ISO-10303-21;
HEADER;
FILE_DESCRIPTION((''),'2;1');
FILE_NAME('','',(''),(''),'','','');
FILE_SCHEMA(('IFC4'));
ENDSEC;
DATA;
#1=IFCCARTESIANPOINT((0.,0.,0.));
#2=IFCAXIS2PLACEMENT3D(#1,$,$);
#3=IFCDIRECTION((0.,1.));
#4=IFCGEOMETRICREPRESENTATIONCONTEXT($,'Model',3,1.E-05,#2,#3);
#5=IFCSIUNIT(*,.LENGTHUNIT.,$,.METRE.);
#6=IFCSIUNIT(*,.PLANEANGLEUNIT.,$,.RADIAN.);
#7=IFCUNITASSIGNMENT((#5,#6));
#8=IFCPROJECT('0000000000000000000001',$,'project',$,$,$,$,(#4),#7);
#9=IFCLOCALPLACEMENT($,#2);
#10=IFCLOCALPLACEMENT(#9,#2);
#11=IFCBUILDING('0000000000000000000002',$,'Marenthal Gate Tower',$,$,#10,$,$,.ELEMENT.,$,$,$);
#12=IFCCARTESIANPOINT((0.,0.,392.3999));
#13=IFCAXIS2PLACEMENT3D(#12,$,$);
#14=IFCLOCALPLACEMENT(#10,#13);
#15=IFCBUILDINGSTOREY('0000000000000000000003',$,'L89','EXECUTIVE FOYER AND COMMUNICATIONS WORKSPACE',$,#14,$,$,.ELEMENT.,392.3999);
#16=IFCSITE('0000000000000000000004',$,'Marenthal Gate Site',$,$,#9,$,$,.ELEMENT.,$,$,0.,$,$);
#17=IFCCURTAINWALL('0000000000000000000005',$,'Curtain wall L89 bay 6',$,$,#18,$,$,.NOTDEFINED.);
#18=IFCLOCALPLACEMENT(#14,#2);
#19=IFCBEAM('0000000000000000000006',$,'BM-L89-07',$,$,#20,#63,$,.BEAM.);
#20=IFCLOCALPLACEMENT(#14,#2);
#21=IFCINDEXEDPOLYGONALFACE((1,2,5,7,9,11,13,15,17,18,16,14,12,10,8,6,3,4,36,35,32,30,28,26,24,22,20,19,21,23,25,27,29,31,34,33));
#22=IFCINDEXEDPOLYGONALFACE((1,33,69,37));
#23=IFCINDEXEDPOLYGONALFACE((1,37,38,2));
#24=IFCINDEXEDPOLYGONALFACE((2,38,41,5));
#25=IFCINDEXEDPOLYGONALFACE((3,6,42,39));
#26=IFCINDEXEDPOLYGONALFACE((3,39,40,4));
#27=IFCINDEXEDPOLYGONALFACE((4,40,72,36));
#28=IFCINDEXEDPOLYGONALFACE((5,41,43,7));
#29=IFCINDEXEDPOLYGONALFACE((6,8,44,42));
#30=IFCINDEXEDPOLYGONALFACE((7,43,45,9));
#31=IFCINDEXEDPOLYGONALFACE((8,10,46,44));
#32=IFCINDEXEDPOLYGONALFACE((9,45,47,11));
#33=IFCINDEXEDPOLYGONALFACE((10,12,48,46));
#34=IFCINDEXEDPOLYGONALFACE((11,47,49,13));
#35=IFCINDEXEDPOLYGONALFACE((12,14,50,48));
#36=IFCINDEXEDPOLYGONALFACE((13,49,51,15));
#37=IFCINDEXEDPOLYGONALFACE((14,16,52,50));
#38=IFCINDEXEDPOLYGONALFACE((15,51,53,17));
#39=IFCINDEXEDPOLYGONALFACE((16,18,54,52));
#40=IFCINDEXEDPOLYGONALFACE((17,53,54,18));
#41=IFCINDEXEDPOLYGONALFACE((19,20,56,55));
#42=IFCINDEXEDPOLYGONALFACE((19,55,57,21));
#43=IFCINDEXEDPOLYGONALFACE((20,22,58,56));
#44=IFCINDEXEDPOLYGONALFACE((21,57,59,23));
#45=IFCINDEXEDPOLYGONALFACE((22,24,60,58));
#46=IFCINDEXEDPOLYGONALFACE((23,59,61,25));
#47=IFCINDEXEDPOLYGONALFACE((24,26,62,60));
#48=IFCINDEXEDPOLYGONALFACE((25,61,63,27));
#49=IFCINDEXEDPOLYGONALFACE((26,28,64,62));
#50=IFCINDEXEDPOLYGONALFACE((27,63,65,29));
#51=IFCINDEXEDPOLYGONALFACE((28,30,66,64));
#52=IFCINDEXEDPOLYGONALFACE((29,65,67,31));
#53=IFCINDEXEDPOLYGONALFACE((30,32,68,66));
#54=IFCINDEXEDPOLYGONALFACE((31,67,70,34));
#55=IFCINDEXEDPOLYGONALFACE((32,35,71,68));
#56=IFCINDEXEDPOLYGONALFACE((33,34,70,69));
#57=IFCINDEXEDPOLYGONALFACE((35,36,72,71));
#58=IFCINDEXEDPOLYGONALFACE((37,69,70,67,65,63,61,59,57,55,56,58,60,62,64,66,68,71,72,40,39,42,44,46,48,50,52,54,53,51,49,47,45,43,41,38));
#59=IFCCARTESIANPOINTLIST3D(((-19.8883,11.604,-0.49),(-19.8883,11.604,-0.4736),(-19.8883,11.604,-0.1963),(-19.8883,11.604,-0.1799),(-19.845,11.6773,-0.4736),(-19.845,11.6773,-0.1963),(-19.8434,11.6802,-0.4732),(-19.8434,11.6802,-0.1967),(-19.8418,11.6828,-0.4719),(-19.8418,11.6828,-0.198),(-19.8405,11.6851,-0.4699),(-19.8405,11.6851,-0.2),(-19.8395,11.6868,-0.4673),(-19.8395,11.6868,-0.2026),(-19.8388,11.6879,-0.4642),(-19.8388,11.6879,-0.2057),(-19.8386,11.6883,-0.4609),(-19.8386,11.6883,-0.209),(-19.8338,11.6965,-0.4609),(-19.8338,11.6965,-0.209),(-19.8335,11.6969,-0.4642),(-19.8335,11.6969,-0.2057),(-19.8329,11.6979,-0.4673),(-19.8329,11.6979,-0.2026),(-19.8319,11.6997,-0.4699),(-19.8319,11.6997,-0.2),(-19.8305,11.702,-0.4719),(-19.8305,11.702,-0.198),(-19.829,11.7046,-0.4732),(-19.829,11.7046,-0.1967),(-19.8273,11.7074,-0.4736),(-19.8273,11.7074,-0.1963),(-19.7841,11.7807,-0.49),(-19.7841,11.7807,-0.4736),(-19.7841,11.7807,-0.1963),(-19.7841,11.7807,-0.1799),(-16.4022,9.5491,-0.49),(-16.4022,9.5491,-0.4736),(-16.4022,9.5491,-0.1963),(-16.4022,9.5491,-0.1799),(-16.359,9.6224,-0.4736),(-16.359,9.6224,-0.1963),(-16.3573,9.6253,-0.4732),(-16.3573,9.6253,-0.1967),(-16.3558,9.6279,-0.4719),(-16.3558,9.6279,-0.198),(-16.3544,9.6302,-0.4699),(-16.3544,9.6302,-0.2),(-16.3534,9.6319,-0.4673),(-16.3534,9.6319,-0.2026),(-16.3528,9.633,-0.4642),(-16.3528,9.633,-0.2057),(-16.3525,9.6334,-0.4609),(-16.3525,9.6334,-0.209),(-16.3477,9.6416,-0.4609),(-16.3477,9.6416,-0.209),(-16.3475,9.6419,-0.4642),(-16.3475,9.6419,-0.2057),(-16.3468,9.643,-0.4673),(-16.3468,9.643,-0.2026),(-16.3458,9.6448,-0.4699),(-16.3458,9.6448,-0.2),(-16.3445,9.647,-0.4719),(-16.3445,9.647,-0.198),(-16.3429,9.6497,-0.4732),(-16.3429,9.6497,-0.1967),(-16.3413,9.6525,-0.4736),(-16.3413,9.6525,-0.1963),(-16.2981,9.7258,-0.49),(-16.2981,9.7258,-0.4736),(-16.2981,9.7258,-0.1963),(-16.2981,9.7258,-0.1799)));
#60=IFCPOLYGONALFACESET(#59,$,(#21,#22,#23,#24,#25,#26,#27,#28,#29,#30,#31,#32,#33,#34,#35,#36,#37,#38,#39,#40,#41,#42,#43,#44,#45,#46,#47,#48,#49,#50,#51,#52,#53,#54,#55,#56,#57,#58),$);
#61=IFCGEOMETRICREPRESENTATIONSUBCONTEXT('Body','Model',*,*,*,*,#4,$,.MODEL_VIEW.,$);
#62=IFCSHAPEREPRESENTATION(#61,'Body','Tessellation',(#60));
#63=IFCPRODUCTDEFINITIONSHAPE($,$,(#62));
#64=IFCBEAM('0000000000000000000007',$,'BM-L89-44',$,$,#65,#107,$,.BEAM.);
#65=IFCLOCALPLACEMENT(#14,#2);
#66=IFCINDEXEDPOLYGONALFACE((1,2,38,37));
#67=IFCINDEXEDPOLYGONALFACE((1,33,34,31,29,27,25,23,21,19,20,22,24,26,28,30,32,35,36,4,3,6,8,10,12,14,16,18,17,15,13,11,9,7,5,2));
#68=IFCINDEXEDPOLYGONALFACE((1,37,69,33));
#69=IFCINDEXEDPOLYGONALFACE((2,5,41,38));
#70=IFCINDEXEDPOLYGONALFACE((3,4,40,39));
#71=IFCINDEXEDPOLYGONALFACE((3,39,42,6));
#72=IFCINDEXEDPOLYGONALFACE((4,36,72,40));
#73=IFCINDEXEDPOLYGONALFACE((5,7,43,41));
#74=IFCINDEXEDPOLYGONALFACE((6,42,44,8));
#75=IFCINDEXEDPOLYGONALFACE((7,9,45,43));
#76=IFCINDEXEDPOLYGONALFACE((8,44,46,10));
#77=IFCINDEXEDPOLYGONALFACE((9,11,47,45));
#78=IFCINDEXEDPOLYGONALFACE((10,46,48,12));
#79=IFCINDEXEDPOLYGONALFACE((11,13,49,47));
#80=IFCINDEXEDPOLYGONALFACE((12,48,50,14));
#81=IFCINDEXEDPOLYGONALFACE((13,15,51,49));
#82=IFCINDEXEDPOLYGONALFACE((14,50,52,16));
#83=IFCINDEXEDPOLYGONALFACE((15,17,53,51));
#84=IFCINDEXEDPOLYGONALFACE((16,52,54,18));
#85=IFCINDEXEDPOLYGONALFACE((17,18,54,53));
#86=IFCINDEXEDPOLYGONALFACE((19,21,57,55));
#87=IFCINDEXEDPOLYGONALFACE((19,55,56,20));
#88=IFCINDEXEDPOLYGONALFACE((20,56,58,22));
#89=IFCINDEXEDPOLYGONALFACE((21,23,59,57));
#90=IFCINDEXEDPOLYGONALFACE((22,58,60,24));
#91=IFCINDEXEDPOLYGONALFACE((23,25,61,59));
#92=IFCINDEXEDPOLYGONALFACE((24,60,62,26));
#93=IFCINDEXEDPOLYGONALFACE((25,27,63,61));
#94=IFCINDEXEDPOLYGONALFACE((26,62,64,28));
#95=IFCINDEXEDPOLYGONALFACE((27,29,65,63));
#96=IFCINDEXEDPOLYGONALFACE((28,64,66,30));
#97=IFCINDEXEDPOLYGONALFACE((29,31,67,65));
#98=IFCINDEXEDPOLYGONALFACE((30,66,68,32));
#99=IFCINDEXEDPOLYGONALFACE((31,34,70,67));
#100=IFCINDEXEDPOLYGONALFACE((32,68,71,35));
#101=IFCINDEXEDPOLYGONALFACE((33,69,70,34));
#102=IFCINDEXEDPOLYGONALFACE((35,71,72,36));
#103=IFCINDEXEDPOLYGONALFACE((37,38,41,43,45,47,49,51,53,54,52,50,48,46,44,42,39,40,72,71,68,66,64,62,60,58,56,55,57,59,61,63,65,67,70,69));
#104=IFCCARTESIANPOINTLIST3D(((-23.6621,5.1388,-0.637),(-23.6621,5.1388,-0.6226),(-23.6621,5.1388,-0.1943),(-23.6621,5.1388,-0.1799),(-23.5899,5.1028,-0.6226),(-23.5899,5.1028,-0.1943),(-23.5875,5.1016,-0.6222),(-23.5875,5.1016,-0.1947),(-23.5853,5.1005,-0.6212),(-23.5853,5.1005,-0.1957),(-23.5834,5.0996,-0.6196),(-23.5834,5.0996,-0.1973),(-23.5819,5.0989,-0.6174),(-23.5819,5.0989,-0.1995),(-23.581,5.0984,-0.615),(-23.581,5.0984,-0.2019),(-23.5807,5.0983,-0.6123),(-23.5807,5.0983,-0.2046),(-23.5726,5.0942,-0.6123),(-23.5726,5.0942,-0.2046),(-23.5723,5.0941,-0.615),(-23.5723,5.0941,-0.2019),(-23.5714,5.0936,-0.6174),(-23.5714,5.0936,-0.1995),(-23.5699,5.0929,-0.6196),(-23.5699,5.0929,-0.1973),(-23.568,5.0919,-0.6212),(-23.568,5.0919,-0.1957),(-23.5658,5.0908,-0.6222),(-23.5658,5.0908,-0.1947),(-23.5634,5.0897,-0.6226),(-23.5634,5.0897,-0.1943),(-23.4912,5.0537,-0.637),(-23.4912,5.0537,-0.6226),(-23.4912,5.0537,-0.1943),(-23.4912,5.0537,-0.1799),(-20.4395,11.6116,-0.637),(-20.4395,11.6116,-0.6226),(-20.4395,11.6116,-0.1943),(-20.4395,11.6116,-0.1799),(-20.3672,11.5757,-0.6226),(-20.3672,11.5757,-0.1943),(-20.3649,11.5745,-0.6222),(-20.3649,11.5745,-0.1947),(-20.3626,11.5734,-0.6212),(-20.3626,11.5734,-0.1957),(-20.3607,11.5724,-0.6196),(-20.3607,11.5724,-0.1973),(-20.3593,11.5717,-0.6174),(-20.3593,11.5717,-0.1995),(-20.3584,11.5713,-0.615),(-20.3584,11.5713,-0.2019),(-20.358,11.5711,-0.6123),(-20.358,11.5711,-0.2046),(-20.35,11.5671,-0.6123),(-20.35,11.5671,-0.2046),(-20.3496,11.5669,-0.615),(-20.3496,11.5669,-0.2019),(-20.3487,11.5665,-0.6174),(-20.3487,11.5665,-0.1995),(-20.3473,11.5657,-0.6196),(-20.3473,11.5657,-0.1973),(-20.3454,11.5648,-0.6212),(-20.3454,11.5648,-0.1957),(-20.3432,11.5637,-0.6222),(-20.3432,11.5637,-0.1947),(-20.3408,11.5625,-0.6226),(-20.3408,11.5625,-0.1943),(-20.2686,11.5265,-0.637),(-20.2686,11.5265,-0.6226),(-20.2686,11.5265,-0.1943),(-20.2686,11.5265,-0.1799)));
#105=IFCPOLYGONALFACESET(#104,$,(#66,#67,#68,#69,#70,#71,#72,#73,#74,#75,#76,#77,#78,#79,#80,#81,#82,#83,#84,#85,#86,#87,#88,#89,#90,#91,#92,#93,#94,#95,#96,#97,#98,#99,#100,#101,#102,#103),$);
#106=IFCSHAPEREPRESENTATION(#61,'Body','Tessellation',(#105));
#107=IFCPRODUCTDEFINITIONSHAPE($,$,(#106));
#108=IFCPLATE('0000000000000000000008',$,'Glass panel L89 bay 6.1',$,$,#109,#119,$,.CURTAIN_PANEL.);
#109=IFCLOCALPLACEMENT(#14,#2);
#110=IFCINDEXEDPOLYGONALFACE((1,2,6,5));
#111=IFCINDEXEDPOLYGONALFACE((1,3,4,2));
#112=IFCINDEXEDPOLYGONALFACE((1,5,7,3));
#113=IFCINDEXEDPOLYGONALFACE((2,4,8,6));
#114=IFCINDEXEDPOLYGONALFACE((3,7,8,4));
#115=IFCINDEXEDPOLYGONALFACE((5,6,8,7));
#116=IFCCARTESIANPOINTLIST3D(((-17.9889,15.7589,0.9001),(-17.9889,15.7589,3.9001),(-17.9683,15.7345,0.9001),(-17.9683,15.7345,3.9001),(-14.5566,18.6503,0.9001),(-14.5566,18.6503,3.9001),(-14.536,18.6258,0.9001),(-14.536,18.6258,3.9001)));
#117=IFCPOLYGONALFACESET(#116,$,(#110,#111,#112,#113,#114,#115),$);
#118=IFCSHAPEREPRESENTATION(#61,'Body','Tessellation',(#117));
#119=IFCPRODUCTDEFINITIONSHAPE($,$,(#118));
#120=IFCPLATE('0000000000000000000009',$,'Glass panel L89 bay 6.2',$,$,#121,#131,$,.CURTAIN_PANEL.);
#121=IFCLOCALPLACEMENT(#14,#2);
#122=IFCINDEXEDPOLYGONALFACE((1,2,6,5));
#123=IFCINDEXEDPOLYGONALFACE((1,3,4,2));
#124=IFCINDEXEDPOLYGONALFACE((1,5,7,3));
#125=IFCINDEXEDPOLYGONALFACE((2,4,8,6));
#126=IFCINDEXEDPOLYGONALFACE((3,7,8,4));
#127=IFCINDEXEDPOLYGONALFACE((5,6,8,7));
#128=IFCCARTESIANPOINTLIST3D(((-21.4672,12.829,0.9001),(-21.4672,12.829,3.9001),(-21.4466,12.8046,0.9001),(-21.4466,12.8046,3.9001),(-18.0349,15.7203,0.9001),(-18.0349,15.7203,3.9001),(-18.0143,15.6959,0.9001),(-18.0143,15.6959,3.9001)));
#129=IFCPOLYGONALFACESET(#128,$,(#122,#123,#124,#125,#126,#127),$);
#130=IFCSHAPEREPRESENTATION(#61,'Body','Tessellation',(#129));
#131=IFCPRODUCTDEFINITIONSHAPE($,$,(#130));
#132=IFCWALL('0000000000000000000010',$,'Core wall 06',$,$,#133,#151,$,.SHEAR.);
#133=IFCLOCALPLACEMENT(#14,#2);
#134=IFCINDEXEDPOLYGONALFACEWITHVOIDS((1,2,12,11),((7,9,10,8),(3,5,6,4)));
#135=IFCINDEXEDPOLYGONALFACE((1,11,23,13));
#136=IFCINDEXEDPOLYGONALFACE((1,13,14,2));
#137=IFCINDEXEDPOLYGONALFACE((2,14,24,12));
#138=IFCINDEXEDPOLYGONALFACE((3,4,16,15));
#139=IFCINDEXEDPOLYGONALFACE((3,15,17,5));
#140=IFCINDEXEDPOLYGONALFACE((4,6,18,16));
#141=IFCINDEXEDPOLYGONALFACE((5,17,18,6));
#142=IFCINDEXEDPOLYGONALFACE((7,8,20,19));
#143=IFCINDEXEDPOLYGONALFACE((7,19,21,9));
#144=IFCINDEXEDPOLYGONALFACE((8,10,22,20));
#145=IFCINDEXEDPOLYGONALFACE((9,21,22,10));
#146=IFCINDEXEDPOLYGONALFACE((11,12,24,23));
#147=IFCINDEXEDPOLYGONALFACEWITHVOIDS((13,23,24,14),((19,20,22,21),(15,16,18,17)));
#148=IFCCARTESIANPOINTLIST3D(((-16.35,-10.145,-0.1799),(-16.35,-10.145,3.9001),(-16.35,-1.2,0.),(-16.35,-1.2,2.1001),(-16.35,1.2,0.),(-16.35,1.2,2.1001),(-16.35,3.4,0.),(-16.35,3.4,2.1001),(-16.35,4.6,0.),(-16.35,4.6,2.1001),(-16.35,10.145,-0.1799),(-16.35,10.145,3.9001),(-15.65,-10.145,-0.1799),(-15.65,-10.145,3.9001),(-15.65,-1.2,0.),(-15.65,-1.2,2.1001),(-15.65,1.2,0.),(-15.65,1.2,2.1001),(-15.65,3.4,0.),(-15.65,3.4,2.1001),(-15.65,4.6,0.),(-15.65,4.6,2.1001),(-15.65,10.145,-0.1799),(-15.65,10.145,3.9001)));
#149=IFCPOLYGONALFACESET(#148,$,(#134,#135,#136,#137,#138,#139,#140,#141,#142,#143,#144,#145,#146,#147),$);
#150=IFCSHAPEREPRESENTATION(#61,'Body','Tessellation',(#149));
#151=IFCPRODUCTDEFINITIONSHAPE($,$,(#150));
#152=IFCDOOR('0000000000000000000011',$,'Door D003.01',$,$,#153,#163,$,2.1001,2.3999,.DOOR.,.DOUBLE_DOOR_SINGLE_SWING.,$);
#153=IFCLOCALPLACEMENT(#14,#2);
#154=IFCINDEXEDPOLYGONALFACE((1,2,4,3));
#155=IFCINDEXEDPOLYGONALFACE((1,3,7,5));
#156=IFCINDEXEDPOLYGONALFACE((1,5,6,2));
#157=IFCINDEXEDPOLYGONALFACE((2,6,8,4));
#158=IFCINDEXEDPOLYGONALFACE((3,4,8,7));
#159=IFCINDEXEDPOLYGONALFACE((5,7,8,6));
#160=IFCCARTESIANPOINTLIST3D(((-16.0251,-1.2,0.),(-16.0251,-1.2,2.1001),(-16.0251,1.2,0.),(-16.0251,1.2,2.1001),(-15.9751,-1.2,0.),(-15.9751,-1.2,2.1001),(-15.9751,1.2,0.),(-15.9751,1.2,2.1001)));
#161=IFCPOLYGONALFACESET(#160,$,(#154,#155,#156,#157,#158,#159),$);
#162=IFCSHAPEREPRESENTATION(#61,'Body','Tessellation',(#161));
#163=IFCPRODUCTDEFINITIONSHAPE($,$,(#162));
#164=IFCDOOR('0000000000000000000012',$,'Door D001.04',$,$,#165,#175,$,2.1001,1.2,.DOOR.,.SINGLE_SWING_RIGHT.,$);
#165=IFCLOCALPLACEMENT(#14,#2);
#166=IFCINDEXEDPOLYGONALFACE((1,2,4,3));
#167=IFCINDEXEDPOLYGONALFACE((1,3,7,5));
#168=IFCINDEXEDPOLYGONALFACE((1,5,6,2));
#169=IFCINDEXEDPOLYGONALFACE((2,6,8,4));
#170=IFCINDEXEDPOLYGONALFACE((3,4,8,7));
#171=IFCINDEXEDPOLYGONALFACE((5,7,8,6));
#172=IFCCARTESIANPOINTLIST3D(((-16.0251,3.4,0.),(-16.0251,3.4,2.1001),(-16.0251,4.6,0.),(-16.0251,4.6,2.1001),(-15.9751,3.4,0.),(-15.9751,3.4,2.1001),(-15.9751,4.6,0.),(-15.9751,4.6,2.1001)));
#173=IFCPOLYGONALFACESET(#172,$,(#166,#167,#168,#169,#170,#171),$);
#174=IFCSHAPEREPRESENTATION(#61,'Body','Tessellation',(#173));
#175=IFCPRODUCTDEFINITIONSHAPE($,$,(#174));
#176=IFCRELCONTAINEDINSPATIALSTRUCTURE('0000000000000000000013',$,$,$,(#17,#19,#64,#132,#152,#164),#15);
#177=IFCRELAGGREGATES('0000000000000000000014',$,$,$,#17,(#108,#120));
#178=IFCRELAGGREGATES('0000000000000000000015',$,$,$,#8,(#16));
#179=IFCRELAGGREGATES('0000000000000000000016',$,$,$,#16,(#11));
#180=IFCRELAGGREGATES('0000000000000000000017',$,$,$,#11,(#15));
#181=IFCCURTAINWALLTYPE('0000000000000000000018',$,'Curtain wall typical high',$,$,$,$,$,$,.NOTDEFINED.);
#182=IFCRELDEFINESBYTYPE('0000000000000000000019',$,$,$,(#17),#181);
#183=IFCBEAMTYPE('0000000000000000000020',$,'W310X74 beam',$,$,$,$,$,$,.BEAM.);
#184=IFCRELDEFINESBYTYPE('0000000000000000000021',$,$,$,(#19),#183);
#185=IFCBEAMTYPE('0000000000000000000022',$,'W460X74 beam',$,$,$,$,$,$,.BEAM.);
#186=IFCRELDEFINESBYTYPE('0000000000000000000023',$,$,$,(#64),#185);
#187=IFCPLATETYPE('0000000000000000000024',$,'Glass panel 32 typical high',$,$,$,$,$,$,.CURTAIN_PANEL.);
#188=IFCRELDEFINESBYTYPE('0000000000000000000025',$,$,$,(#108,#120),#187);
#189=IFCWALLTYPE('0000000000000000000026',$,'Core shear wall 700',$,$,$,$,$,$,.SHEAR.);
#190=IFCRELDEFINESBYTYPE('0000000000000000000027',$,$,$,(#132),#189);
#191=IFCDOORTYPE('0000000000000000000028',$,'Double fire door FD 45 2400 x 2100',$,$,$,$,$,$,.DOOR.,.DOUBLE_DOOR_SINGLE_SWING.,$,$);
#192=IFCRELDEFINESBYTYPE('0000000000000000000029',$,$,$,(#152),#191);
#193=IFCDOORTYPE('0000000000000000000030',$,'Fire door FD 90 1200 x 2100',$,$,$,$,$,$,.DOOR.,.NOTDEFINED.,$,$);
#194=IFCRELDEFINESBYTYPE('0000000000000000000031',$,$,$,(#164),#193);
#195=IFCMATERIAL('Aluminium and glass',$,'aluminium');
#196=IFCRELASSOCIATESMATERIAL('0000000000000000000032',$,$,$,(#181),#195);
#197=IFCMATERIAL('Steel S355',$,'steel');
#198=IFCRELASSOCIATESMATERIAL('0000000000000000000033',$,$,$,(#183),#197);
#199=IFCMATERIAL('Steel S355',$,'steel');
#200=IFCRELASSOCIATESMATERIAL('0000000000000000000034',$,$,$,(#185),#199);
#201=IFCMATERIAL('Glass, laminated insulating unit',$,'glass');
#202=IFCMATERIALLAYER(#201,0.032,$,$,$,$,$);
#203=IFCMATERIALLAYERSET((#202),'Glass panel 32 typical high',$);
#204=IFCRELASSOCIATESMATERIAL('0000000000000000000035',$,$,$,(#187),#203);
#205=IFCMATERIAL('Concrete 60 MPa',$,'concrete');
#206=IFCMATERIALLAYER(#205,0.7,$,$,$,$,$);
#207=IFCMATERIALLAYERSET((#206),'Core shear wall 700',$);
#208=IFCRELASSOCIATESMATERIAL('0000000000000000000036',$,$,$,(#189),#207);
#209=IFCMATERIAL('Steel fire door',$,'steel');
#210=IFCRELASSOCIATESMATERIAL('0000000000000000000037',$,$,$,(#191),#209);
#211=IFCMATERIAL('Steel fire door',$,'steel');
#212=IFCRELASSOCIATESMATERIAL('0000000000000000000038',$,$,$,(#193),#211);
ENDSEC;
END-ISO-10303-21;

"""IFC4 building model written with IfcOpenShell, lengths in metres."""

from ifc_helpers import new_model, si_unit, direction, frame, frame_2d, origin, origin_2d, place, context, subcontext, project, spatial, rectangle, i_section, extrude, material, layer, layer_set, material_profile, profile_set, type_object, element, fill, aggregate, save


model = new_model("IFC4")

# Units and contexts
model_context = context("Model", 3, precision=1e-05, world=origin(), true_north=direction((0.0, 1.0)))
body_context = subcontext(model_context, "Body", "Model", "MODEL_VIEW")
ifc_project = project(units=[si_unit("LENGTHUNIT", "METRE"), si_unit("PLANEANGLEUNIT", "RADIAN")], contexts=[model_context])

# Site, building, storey
site_placement = place(None, origin())
site = spatial("IfcSite", under=ifc_project, at=site_placement, Name="Marenthal Gate Site", CompositionType="ELEMENT", RefElevation=0.0)
building_placement = place(site_placement, origin())
building = spatial("IfcBuilding", under=site, at=building_placement, Name="Marenthal Gate Tower", CompositionType="ELEMENT")
storey_placement = place(building_placement, frame((0.0, 0.0, 392.3999)))
storey = spatial("IfcBuildingStorey", under=building, at=storey_placement, Name="L89", Description="EXECUTIVE FOYER AND COMMUNICATIONS WORKSPACE", CompositionType="ELEMENT", Elevation=392.3999)

# Curtain wall
ifc_material_1 = material(Name="Aluminium and glass", Category="aluminium")
curtain_wall_type = type_object("IfcCurtainWallType", Name="Curtain wall typical high", PredefinedType="NOTDEFINED", material=ifc_material_1)
curtain_wall_placement = place(storey_placement, origin())
curtain_wall = element("IfcCurtainWall", 1, at=curtain_wall_placement, inside=storey, type_object=curtain_wall_type, Name="Curtain wall L89 bay 6", PredefinedType="NOTDEFINED")

# Beams
ifc_material_2 = material(Name="Steel S355", Category="steel")
ifc_material_profile_1 = material_profile(ifc_material_2, i_section(OverallWidth=0.2051, OverallDepth=0.3101, WebThickness=0.0095, FlangeThickness=0.0164, FilletRadius=0.0127, at=origin_2d()), Name="W310X74")
ifc_profile_set_1 = profile_set([ifc_material_profile_1], Name="Steel S355")
beam_type_1 = type_object("IfcBeamType", Name="W310X74 beam", PredefinedType="BEAM", material=ifc_profile_set_1)
beam_1_placement = place(storey_placement, frame((-19.8362, 11.6924, -0.335), z_axis=(0.86147, -0.507808, 0.0), x_axis=(0.507808, 0.86147, 0.0)))
element("IfcBeam", 2, at=beam_1_placement, inside=storey, type_object=beam_type_1, Name="BM-L89-07", PredefinedType="BEAM", context=body_context, shape_type="SweptSolid", body=[
    extrude(i_section(OverallWidth=0.2051, OverallDepth=0.3101, WebThickness=0.0095, FlangeThickness=0.0164, FilletRadius=0.0127, at=origin_2d()), origin(), (0.0, 0.0, 1.0), 4.0466),
])
ifc_material_3 = material(Name="Steel S355", Category="steel")
ifc_material_profile_2 = material_profile(ifc_material_3, i_section(OverallWidth=0.1909, OverallDepth=0.457, WebThickness=0.009, FlangeThickness=0.0144, FilletRadius=0.0103, at=origin_2d()), Name="W460X74")
ifc_profile_set_2 = profile_set([ifc_material_profile_2], Name="Steel S355")
beam_type_2 = type_object("IfcBeamType", Name="W460X74 beam", PredefinedType="BEAM", material=ifc_profile_set_2)
beam_2_placement = place(storey_placement, frame((-20.354, 11.5691, -0.4084), z_axis=(-0.445687, -0.895189, 0.0), x_axis=(0.895189, -0.445687, 0.0)))
element("IfcBeam", 3, at=beam_2_placement, inside=storey, type_object=beam_type_2, Name="BM-L89-44", PredefinedType="BEAM", context=body_context, shape_type="SweptSolid", body=[
    extrude(i_section(OverallWidth=0.1909, OverallDepth=0.457, WebThickness=0.009, FlangeThickness=0.0144, FilletRadius=0.0103, at=origin_2d()), origin(), (0.0, 0.0, 1.0), 7.2307),
])

# Plates
ifc_material_4 = material(Name="Glass, laminated insulating unit", Category="glass")
ifc_layer_1 = layer(ifc_material_4, 0.032)
ifc_layer_set_1 = layer_set([ifc_layer_1], Name="Glass panel 32 typical high")
plate_type = type_object("IfcPlateType", Name="Glass panel 32 typical high", PredefinedType="CURTAIN_PANEL", material=ifc_layer_set_1)
plate_1_placement = place(storey_placement, frame((-16.2625, 17.1924, 0.9001), z_axis=(0.0, 0.0, 1.0), x_axis=(-0.764802, -0.644265, 0.0)))
plate_1 = element("IfcPlate", 4, at=plate_1_placement, type_object=plate_type, Name="Glass panel L89 bay 6.1", PredefinedType="CURTAIN_PANEL", context=body_context, shape_type="SweptSolid", body=[
    extrude(rectangle(XDim=4.4878, YDim=0.032, at=origin_2d()), origin(), (0.0, 0.0, 1.0), 3.0),
])
plate_2_placement = place(storey_placement, frame((-19.7407, 14.2625, 0.9001), z_axis=(0.0, 0.0, 1.0), x_axis=(-0.764802, -0.644265, 0.0)))
plate_2 = element("IfcPlate", 5, at=plate_2_placement, type_object=plate_type, Name="Glass panel L89 bay 6.2", PredefinedType="CURTAIN_PANEL", context=body_context, shape_type="SweptSolid", body=[
    extrude(rectangle(XDim=4.4878, YDim=0.032, at=origin_2d()), origin(), (0.0, 0.0, 1.0), 3.0),
])
aggregate(curtain_wall, [plate_1, plate_2])

# Wall, openings, doors
ifc_material_5 = material(Name="Concrete 60 MPa", Category="concrete")
ifc_layer_2 = layer(ifc_material_5, 0.7)
ifc_layer_set_2 = layer_set([ifc_layer_2], Name="Core shear wall 700")
wall_type_1 = type_object("IfcWallType", Name="Core shear wall 700", PredefinedType="SHEAR", material=ifc_layer_set_2)
wall_1_placement = place(storey_placement, frame((-16.0, 10.145, -0.1799), z_axis=(0.0, 0.0, 1.0), x_axis=(0.0, -1.0, 0.0)))
wall_1 = element("IfcWall", 6, at=wall_1_placement, inside=storey, type_object=wall_type_1, Name="Core wall 06", PredefinedType="SHEAR", context=body_context, shape_type="SweptSolid", body=[
    extrude(rectangle(XDim=20.29, YDim=0.7, at=frame_2d((10.145, 0.0))), origin(), (0.0, 0.0, 1.0), 4.0801),
])
opening_1_placement = place(wall_1_placement, frame((8.9451, 0.0, 0.1799)))
opening_1 = element("IfcOpeningElement", 7, at=opening_1_placement, cuts=wall_1, PredefinedType="OPENING", context=body_context, shape_type="SweptSolid", body=[
    extrude(rectangle(XDim=2.3999, YDim=2.1001, at=frame_2d((1.2, 1.05))), frame((0.0, 0.3599, 0.0), z_axis=(0.0, -1.0, 0.0), x_axis=(1.0, 0.0, 0.0)), (0.0, 0.0, 1.0), 0.72),
])
opening_2_placement = place(wall_1_placement, frame((5.5449, 0.0, 0.1799)))
opening_2 = element("IfcOpeningElement", 8, at=opening_2_placement, cuts=wall_1, PredefinedType="OPENING", context=body_context, shape_type="SweptSolid", body=[
    extrude(rectangle(XDim=1.2, YDim=2.1001, at=frame_2d((0.6001, 1.05))), frame((0.0, 0.3599, 0.0), z_axis=(0.0, -1.0, 0.0), x_axis=(1.0, 0.0, 0.0)), (0.0, 0.0, 1.0), 0.72),
])
ifc_material_6 = material(Name="Steel fire door", Category="steel")
door_type_1 = type_object("IfcDoorType", Name="Double fire door FD 45 2400 x 2100", OperationType="DOUBLE_DOOR_SINGLE_SWING", PredefinedType="DOOR", material=ifc_material_6)
door_1_placement = place(opening_1_placement, origin())
door_1 = element("IfcDoor", 9, at=door_1_placement, inside=storey, type_object=door_type_1, Name="Door D003.01", OperationType="DOUBLE_DOOR_SINGLE_SWING", OverallHeight=2.1001, OverallWidth=2.3999, PredefinedType="DOOR", context=body_context, shape_type="SweptSolid", body=[
    extrude(rectangle(XDim=2.3999, YDim=2.1001, at=frame_2d((1.2, 1.05))), frame((0.0, 0.0249, 0.0), z_axis=(0.0, -1.0, 0.0), x_axis=(1.0, 0.0, 0.0)), (0.0, 0.0, 1.0), 0.05),
])
fill(opening_1, door_1)
ifc_material_7 = material(Name="Steel fire door", Category="steel")
door_type_2 = type_object("IfcDoorType", Name="Fire door FD 90 1200 x 2100", OperationType="NOTDEFINED", PredefinedType="DOOR", material=ifc_material_7)
door_2_placement = place(opening_2_placement, origin())
door_2 = element("IfcDoor", 10, at=door_2_placement, inside=storey, type_object=door_type_2, Name="Door D001.04", OperationType="SINGLE_SWING_RIGHT", OverallHeight=2.1001, OverallWidth=1.2, PredefinedType="DOOR", context=body_context, shape_type="SweptSolid", body=[
    extrude(rectangle(XDim=1.2, YDim=2.1001, at=frame_2d((0.6001, 1.05))), frame((0.0, 0.0249, 0.0), z_axis=(0.0, -1.0, 0.0), x_axis=(1.0, 0.0, 0.0)), (0.0, 0.0, 1.0), 0.05),
])
fill(opening_2, door_2)

save(model, "model.ifc")
